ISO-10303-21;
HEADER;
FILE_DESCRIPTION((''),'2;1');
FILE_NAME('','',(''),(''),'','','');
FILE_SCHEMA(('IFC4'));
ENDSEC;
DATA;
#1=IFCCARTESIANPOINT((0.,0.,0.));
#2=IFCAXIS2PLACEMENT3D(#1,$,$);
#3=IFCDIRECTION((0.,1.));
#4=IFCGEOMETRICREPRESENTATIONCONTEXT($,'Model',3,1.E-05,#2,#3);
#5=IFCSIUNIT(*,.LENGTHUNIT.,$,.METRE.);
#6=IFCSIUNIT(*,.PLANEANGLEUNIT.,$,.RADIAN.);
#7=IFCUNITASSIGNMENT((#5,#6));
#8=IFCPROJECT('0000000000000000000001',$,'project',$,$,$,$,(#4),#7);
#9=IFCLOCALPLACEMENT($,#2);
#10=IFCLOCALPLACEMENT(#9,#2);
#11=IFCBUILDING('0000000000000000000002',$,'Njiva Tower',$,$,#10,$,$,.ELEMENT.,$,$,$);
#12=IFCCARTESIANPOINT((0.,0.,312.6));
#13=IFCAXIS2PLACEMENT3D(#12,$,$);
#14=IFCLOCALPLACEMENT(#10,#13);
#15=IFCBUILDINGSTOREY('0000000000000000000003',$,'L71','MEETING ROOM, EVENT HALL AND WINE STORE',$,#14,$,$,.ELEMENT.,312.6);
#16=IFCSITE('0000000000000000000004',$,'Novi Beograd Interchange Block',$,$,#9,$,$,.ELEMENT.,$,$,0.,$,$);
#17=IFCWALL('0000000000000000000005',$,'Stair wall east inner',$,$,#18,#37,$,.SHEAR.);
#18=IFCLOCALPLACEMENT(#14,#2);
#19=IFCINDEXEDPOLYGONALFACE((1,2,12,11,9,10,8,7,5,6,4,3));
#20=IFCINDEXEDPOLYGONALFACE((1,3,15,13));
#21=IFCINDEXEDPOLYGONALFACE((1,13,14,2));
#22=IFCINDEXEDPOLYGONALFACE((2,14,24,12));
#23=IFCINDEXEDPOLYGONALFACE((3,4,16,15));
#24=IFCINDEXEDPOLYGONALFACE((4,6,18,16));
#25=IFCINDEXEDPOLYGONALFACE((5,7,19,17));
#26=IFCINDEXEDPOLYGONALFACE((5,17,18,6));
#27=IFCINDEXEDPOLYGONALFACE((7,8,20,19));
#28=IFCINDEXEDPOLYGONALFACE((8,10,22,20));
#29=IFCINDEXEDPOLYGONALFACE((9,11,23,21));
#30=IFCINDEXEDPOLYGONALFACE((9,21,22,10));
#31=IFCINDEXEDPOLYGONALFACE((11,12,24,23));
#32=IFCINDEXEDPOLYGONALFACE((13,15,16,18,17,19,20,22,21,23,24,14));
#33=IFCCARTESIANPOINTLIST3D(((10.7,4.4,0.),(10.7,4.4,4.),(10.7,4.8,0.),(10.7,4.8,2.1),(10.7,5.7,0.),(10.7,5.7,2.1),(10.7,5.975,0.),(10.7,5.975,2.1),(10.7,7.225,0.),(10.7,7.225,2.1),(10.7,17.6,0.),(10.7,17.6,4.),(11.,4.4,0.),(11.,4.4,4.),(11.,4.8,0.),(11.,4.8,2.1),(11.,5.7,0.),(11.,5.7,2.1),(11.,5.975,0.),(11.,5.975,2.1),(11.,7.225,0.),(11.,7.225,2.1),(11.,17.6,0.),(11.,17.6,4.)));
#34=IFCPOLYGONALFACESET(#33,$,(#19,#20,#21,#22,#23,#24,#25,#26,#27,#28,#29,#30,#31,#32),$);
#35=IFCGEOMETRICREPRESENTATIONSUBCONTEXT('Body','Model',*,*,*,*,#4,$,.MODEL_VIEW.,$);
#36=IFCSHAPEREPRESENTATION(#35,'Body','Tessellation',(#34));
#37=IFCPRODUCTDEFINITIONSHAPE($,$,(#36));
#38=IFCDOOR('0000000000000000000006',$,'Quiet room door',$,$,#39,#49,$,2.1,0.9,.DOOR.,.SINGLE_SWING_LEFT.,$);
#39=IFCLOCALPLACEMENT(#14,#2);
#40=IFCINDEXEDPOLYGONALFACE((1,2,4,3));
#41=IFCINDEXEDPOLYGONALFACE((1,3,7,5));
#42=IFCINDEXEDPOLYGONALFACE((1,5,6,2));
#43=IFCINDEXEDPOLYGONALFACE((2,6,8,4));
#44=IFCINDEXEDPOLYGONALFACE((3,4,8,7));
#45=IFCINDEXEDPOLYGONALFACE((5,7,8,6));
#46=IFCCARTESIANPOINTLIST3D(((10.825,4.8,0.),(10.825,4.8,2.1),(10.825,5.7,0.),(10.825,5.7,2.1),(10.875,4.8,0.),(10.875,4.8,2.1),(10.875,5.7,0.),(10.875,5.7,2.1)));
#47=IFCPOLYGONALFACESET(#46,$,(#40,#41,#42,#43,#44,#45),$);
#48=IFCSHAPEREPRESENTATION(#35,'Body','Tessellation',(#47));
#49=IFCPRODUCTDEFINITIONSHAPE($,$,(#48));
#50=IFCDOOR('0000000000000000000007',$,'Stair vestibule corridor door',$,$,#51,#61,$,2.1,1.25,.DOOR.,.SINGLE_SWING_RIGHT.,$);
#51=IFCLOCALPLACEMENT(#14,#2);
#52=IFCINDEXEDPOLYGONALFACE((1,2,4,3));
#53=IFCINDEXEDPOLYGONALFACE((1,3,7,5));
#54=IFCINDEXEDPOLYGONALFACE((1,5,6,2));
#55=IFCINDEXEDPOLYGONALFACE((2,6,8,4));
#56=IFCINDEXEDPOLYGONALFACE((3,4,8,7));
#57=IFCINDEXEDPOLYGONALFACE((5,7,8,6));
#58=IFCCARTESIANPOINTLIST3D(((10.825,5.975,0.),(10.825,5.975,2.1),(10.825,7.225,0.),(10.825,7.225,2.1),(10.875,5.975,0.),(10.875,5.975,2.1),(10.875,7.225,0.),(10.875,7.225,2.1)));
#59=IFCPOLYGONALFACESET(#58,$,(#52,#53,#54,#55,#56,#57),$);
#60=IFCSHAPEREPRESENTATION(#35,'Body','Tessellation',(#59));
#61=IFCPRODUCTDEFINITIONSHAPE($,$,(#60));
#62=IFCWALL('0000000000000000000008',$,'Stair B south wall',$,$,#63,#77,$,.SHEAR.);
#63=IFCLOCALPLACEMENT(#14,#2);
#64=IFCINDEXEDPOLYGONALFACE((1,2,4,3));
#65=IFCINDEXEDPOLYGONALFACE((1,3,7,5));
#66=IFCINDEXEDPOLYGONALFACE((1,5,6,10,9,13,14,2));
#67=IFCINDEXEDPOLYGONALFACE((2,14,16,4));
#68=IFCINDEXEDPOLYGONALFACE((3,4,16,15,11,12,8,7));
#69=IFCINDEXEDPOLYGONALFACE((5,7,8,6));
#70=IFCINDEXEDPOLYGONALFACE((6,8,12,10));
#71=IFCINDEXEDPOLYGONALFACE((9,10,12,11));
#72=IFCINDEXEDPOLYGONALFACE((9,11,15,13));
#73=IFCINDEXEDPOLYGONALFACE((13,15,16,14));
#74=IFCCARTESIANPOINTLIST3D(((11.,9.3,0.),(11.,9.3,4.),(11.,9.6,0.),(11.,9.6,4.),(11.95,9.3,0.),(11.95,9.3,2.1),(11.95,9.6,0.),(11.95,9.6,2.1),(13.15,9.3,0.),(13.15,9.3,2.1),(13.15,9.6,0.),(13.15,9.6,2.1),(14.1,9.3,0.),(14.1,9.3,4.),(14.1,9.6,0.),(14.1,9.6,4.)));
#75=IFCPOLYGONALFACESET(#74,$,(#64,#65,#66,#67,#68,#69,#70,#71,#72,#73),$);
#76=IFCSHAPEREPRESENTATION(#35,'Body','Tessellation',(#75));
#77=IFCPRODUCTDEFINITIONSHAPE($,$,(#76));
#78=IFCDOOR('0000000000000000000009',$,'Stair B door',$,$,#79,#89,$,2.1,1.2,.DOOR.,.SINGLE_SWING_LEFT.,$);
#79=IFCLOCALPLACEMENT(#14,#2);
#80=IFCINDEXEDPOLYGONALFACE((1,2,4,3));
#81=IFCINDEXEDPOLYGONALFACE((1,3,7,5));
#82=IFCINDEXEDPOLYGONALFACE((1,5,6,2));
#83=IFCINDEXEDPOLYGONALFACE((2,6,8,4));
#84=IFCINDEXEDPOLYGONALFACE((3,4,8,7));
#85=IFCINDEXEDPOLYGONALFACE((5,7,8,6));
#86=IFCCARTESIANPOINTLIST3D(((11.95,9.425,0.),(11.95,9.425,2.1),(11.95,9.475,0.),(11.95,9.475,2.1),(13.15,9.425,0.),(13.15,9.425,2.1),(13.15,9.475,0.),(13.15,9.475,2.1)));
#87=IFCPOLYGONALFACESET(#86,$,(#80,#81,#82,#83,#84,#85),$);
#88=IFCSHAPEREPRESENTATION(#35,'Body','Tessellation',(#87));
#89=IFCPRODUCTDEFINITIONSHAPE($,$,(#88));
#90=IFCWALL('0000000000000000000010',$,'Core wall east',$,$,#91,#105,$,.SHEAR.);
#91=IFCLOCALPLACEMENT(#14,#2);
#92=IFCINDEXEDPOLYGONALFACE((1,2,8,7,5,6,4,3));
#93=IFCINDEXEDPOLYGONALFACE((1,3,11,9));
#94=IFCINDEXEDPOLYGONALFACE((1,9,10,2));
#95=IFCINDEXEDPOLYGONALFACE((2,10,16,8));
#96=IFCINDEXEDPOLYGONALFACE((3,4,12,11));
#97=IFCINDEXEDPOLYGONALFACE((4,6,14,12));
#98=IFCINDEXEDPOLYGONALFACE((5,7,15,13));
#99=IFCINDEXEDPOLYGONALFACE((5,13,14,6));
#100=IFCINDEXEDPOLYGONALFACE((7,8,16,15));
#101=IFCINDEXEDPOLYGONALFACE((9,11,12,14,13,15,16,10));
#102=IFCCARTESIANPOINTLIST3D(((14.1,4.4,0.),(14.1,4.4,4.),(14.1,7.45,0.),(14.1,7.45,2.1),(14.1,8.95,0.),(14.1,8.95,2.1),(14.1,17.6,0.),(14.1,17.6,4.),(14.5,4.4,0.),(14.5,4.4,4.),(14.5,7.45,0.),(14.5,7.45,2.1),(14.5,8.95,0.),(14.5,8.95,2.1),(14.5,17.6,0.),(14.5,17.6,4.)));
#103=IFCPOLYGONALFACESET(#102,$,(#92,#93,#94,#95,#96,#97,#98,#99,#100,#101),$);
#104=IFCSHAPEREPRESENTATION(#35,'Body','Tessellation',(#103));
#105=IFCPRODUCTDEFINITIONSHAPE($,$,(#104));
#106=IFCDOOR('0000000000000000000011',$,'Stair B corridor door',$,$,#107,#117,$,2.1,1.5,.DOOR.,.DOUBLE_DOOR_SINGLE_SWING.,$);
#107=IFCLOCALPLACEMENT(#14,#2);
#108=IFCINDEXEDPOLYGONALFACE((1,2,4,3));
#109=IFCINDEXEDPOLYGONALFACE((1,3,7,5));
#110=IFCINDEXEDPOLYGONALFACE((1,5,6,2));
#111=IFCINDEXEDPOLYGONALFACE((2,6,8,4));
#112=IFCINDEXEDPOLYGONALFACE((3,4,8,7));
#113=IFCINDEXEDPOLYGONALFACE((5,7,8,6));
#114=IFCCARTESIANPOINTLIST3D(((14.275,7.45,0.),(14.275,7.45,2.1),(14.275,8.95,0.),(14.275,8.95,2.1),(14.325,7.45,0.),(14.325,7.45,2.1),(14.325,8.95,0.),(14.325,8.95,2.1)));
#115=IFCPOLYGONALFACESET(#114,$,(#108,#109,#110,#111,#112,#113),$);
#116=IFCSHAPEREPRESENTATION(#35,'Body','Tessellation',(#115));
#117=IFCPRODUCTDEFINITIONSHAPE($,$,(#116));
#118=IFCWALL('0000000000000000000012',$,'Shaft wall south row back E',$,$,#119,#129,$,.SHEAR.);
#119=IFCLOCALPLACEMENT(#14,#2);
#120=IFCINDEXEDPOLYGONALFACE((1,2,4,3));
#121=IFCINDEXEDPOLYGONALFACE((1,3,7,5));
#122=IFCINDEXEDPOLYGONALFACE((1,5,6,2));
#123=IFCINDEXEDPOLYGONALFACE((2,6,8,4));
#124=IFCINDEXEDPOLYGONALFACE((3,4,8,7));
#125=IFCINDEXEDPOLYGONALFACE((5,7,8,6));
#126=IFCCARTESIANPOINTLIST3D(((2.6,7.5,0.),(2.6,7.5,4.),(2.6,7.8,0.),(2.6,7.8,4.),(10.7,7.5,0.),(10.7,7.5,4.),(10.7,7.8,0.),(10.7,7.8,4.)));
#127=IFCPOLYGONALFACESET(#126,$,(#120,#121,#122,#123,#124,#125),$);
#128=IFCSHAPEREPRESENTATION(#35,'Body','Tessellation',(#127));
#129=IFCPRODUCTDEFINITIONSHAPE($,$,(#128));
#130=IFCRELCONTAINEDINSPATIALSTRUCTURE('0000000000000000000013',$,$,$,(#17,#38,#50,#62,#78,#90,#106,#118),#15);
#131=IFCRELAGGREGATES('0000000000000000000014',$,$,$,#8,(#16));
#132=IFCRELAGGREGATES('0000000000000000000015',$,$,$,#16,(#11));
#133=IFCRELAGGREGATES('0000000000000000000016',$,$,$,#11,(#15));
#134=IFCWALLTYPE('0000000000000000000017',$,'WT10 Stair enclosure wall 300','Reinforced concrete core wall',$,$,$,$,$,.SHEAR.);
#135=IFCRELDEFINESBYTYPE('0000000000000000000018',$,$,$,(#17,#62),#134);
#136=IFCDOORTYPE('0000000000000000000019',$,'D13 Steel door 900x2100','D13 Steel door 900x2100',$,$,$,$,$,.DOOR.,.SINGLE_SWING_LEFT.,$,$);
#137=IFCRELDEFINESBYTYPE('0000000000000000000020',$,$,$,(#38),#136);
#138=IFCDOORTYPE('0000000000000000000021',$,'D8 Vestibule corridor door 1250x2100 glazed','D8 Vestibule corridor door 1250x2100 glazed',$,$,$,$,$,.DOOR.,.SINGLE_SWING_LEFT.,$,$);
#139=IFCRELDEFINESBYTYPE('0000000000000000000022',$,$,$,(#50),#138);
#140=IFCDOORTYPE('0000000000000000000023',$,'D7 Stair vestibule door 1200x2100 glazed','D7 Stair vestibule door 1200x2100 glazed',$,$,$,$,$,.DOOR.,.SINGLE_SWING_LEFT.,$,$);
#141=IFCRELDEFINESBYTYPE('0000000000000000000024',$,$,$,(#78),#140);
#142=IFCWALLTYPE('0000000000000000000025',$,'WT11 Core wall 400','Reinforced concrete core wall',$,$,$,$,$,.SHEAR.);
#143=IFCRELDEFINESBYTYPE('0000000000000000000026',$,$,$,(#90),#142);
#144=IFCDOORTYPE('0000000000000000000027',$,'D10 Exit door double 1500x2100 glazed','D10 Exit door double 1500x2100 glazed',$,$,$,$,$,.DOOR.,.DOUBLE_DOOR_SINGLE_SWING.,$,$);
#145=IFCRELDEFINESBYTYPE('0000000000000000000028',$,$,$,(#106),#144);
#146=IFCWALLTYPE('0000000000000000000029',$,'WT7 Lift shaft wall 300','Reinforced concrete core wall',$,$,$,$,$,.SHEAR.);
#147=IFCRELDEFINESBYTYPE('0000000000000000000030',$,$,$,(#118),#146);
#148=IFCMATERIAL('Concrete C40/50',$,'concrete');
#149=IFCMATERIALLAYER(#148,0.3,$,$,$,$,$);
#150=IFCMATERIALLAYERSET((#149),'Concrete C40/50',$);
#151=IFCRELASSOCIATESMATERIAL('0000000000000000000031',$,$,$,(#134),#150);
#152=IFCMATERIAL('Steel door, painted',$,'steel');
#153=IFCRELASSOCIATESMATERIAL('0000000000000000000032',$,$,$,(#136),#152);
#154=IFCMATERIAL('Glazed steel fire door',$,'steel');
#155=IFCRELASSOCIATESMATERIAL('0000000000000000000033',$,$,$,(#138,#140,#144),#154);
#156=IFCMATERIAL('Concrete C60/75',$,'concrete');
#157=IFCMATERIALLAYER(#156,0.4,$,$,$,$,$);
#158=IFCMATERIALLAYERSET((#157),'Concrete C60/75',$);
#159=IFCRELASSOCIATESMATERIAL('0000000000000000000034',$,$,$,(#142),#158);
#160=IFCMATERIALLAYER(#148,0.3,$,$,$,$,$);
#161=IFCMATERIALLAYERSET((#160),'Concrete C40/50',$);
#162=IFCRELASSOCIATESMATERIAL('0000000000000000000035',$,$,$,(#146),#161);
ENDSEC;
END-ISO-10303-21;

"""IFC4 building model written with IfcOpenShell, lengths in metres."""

from ifc_helpers import new_model, si_unit, direction, frame, frame_2d, origin, place, context, subcontext, project, spatial, rectangle, extrude, material, layer, layer_set, type_object, element, fill, save


model = new_model("IFC4")

# Units and contexts
model_context = context("Model", 3, precision=1e-05, world=origin(), true_north=direction((0.0, 1.0)))
body_context = subcontext(model_context, "Body", "Model", "MODEL_VIEW")
ifc_project = project(units=[si_unit("LENGTHUNIT", "METRE"), si_unit("PLANEANGLEUNIT", "RADIAN")], contexts=[model_context])

# Site, building, storey
site_placement = place(None, origin())
site = spatial("IfcSite", under=ifc_project, at=site_placement, Name="Novi Beograd Interchange Block", CompositionType="ELEMENT", RefElevation=0.0)
building_placement = place(site_placement, origin())
building = spatial("IfcBuilding", under=site, at=building_placement, Name="Njiva Tower", CompositionType="ELEMENT")
storey_placement = place(building_placement, frame((0.0, 0.0, 312.6)))
storey = spatial("IfcBuildingStorey", under=building, at=storey_placement, Name="L71", Description="MEETING ROOM, EVENT HALL AND WINE STORE", CompositionType="ELEMENT", Elevation=312.6)

# Wall, openings, doors
ifc_material_1 = material(Name="Concrete C40/50", Category="concrete")
ifc_layer_1 = layer(ifc_material_1, 0.3)
ifc_layer_set_1 = layer_set([ifc_layer_1], Name="Concrete C40/50")
wall_type_1 = type_object("IfcWallType", Name="WT10 Stair enclosure wall 300", Description="Reinforced concrete core wall", PredefinedType="SHEAR", material=ifc_layer_set_1)
wall_1_placement = place(storey_placement, frame((10.85, 4.4, 0.0), z_axis=(0.0, 0.0, 1.0), x_axis=(0.0, 1.0, 0.0)))
wall_1 = element("IfcWall", 1, at=wall_1_placement, inside=storey, type_object=wall_type_1, Name="Stair wall east inner", PredefinedType="SHEAR", context=body_context, shape_type="SweptSolid", body=[
    extrude(rectangle(XDim=13.2, YDim=0.3, at=frame_2d((6.6, 0.0))), origin(), (0.0, 0.0, 1.0), 4.0),
])
opening_1_placement = place(wall_1_placement, frame((1.575, 0.0, 0.0)))
opening_1 = element("IfcOpeningElement", 2, at=opening_1_placement, cuts=wall_1, PredefinedType="OPENING", context=body_context, shape_type="SweptSolid", body=[
    extrude(rectangle(XDim=1.25, YDim=2.1, at=frame_2d((0.625, 1.05))), frame((0.0, 0.16, 0.0), z_axis=(0.0, -1.0, 0.0), x_axis=(1.0, 0.0, 0.0)), (0.0, 0.0, 1.0), 0.32),
])
opening_2_placement = place(wall_1_placement, frame((0.4, 0.0, 0.0)))
opening_2 = element("IfcOpeningElement", 3, at=opening_2_placement, cuts=wall_1, PredefinedType="OPENING", context=body_context, shape_type="SweptSolid", body=[
    extrude(rectangle(XDim=0.9, YDim=2.1, at=frame_2d((0.45, 1.05))), frame((0.0, 0.16, 0.0), z_axis=(0.0, -1.0, 0.0), x_axis=(1.0, 0.0, 0.0)), (0.0, 0.0, 1.0), 0.32),
])
ifc_material_2 = material(Name="Steel door, painted", Category="steel")
door_type_1 = type_object("IfcDoorType", Name="D13 Steel door 900x2100", Description="D13 Steel door 900x2100", OperationType="SINGLE_SWING_LEFT", PredefinedType="DOOR", material=ifc_material_2)
door_1_placement = place(opening_2_placement, origin())
door_1 = element("IfcDoor", 4, at=door_1_placement, inside=storey, type_object=door_type_1, Name="Quiet room door", OperationType="SINGLE_SWING_LEFT", OverallHeight=2.1, OverallWidth=0.9, PredefinedType="DOOR", context=body_context, shape_type="SweptSolid", body=[
    extrude(rectangle(XDim=0.9, YDim=2.1, at=frame_2d((0.45, 1.05))), frame((0.0, 0.025, 0.0), z_axis=(0.0, -1.0, 0.0), x_axis=(1.0, 0.0, 0.0)), (0.0, 0.0, 1.0), 0.05),
])
fill(opening_2, door_1)
ifc_material_3 = material(Name="Glazed steel fire door", Category="steel")
door_type_2 = type_object("IfcDoorType", Name="D8 Vestibule corridor door 1250x2100 glazed", Description="D8 Vestibule corridor door 1250x2100 glazed", OperationType="SINGLE_SWING_LEFT", PredefinedType="DOOR", material=ifc_material_3)
door_2_placement = place(opening_1_placement, origin())
door_2 = element("IfcDoor", 5, at=door_2_placement, inside=storey, type_object=door_type_2, Name="Stair vestibule corridor door", OperationType="SINGLE_SWING_RIGHT", OverallHeight=2.1, OverallWidth=1.25, PredefinedType="DOOR", context=body_context, shape_type="SweptSolid", body=[
    extrude(rectangle(XDim=1.25, YDim=2.1, at=frame_2d((0.625, 1.05))), frame((0.0, 0.025, 0.0), z_axis=(0.0, -1.0, 0.0), x_axis=(1.0, 0.0, 0.0)), (0.0, 0.0, 1.0), 0.05),
])
fill(opening_1, door_2)

# Walls, openings, doors
wall_2_placement = place(storey_placement, frame((11.0, 9.45, 0.0), z_axis=(0.0, 0.0, 1.0), x_axis=(1.0, 0.0, 0.0)))
wall_2 = element("IfcWall", 6, at=wall_2_placement, inside=storey, type_object=wall_type_1, Name="Stair B south wall", PredefinedType="SHEAR", context=body_context, shape_type="SweptSolid", body=[
    extrude(rectangle(XDim=3.1, YDim=0.3, at=frame_2d((1.55, 0.0))), origin(), (0.0, 0.0, 1.0), 4.0),
])
opening_3_placement = place(wall_2_placement, frame((0.95, 0.0, 0.0)))
opening_3 = element("IfcOpeningElement", 7, at=opening_3_placement, cuts=wall_2, PredefinedType="OPENING", context=body_context, shape_type="SweptSolid", body=[
    extrude(rectangle(XDim=1.2, YDim=2.1, at=frame_2d((0.6, 1.05))), frame((0.0, 0.16, 0.0), z_axis=(0.0, -1.0, 0.0), x_axis=(1.0, 0.0, 0.0)), (0.0, 0.0, 1.0), 0.32),
])
door_type_3 = type_object("IfcDoorType", Name="D7 Stair vestibule door 1200x2100 glazed", Description="D7 Stair vestibule door 1200x2100 glazed", OperationType="SINGLE_SWING_LEFT", PredefinedType="DOOR", material=ifc_material_3)
door_3_placement = place(opening_3_placement, origin())
door_3 = element("IfcDoor", 8, at=door_3_placement, inside=storey, type_object=door_type_3, Name="Stair B door", OperationType="SINGLE_SWING_LEFT", OverallHeight=2.1, OverallWidth=1.2, PredefinedType="DOOR", context=body_context, shape_type="SweptSolid", body=[
    extrude(rectangle(XDim=1.2, YDim=2.1, at=frame_2d((0.6, 1.05))), frame((0.0, 0.025, 0.0), z_axis=(0.0, -1.0, 0.0), x_axis=(1.0, 0.0, 0.0)), (0.0, 0.0, 1.0), 0.05),
])
fill(opening_3, door_3)
ifc_material_4 = material(Name="Concrete C60/75", Category="concrete")
ifc_layer_2 = layer(ifc_material_4, 0.4)
ifc_layer_set_2 = layer_set([ifc_layer_2], Name="Concrete C60/75")
wall_type_2 = type_object("IfcWallType", Name="WT11 Core wall 400", Description="Reinforced concrete core wall", PredefinedType="SHEAR", material=ifc_layer_set_2)
wall_3_placement = place(storey_placement, frame((14.3, 4.4, 0.0), z_axis=(0.0, 0.0, 1.0), x_axis=(0.0, 1.0, 0.0)))
wall_3 = element("IfcWall", 9, at=wall_3_placement, inside=storey, type_object=wall_type_2, Name="Core wall east", PredefinedType="SHEAR", context=body_context, shape_type="SweptSolid", body=[
    extrude(rectangle(XDim=13.2, YDim=0.4, at=frame_2d((6.6, 0.0))), origin(), (0.0, 0.0, 1.0), 4.0),
])
opening_4_placement = place(wall_3_placement, frame((3.05, 0.0, 0.0)))
opening_4 = element("IfcOpeningElement", 10, at=opening_4_placement, cuts=wall_3, PredefinedType="OPENING", context=body_context, shape_type="SweptSolid", body=[
    extrude(rectangle(XDim=1.5, YDim=2.1, at=frame_2d((0.75, 1.05))), frame((0.0, 0.21, 0.0), z_axis=(0.0, -1.0, 0.0), x_axis=(1.0, 0.0, 0.0)), (0.0, 0.0, 1.0), 0.42),
])
door_type_4 = type_object("IfcDoorType", Name="D10 Exit door double 1500x2100 glazed", Description="D10 Exit door double 1500x2100 glazed", OperationType="DOUBLE_DOOR_SINGLE_SWING", PredefinedType="DOOR", material=ifc_material_3)
door_4_placement = place(opening_4_placement, origin())
door_4 = element("IfcDoor", 11, at=door_4_placement, inside=storey, type_object=door_type_4, Name="Stair B corridor door", OperationType="DOUBLE_DOOR_SINGLE_SWING", OverallHeight=2.1, OverallWidth=1.5, PredefinedType="DOOR", context=body_context, shape_type="SweptSolid", body=[
    extrude(rectangle(XDim=1.5, YDim=2.1, at=frame_2d((0.75, 1.05))), frame((0.0, 0.025, 0.0), z_axis=(0.0, -1.0, 0.0), x_axis=(1.0, 0.0, 0.0)), (0.0, 0.0, 1.0), 0.05),
])
fill(opening_4, door_4)

# Wall
ifc_layer_3 = layer(ifc_material_1, 0.3)
ifc_layer_set_3 = layer_set([ifc_layer_3], Name="Concrete C40/50")
wall_type_3 = type_object("IfcWallType", Name="WT7 Lift shaft wall 300", Description="Reinforced concrete core wall", PredefinedType="SHEAR", material=ifc_layer_set_3)
wall_4_placement = place(storey_placement, frame((2.6, 7.65, 0.0), z_axis=(0.0, 0.0, 1.0), x_axis=(1.0, 0.0, 0.0)))
element("IfcWall", 12, at=wall_4_placement, inside=storey, type_object=wall_type_3, Name="Shaft wall south row back E", PredefinedType="SHEAR", context=body_context, shape_type="SweptSolid", body=[
    extrude(rectangle(XDim=8.1, YDim=0.3, at=frame_2d((4.05, 0.0))), origin(), (0.0, 0.0, 1.0), 4.0),
])

save(model, "model.ifc")
